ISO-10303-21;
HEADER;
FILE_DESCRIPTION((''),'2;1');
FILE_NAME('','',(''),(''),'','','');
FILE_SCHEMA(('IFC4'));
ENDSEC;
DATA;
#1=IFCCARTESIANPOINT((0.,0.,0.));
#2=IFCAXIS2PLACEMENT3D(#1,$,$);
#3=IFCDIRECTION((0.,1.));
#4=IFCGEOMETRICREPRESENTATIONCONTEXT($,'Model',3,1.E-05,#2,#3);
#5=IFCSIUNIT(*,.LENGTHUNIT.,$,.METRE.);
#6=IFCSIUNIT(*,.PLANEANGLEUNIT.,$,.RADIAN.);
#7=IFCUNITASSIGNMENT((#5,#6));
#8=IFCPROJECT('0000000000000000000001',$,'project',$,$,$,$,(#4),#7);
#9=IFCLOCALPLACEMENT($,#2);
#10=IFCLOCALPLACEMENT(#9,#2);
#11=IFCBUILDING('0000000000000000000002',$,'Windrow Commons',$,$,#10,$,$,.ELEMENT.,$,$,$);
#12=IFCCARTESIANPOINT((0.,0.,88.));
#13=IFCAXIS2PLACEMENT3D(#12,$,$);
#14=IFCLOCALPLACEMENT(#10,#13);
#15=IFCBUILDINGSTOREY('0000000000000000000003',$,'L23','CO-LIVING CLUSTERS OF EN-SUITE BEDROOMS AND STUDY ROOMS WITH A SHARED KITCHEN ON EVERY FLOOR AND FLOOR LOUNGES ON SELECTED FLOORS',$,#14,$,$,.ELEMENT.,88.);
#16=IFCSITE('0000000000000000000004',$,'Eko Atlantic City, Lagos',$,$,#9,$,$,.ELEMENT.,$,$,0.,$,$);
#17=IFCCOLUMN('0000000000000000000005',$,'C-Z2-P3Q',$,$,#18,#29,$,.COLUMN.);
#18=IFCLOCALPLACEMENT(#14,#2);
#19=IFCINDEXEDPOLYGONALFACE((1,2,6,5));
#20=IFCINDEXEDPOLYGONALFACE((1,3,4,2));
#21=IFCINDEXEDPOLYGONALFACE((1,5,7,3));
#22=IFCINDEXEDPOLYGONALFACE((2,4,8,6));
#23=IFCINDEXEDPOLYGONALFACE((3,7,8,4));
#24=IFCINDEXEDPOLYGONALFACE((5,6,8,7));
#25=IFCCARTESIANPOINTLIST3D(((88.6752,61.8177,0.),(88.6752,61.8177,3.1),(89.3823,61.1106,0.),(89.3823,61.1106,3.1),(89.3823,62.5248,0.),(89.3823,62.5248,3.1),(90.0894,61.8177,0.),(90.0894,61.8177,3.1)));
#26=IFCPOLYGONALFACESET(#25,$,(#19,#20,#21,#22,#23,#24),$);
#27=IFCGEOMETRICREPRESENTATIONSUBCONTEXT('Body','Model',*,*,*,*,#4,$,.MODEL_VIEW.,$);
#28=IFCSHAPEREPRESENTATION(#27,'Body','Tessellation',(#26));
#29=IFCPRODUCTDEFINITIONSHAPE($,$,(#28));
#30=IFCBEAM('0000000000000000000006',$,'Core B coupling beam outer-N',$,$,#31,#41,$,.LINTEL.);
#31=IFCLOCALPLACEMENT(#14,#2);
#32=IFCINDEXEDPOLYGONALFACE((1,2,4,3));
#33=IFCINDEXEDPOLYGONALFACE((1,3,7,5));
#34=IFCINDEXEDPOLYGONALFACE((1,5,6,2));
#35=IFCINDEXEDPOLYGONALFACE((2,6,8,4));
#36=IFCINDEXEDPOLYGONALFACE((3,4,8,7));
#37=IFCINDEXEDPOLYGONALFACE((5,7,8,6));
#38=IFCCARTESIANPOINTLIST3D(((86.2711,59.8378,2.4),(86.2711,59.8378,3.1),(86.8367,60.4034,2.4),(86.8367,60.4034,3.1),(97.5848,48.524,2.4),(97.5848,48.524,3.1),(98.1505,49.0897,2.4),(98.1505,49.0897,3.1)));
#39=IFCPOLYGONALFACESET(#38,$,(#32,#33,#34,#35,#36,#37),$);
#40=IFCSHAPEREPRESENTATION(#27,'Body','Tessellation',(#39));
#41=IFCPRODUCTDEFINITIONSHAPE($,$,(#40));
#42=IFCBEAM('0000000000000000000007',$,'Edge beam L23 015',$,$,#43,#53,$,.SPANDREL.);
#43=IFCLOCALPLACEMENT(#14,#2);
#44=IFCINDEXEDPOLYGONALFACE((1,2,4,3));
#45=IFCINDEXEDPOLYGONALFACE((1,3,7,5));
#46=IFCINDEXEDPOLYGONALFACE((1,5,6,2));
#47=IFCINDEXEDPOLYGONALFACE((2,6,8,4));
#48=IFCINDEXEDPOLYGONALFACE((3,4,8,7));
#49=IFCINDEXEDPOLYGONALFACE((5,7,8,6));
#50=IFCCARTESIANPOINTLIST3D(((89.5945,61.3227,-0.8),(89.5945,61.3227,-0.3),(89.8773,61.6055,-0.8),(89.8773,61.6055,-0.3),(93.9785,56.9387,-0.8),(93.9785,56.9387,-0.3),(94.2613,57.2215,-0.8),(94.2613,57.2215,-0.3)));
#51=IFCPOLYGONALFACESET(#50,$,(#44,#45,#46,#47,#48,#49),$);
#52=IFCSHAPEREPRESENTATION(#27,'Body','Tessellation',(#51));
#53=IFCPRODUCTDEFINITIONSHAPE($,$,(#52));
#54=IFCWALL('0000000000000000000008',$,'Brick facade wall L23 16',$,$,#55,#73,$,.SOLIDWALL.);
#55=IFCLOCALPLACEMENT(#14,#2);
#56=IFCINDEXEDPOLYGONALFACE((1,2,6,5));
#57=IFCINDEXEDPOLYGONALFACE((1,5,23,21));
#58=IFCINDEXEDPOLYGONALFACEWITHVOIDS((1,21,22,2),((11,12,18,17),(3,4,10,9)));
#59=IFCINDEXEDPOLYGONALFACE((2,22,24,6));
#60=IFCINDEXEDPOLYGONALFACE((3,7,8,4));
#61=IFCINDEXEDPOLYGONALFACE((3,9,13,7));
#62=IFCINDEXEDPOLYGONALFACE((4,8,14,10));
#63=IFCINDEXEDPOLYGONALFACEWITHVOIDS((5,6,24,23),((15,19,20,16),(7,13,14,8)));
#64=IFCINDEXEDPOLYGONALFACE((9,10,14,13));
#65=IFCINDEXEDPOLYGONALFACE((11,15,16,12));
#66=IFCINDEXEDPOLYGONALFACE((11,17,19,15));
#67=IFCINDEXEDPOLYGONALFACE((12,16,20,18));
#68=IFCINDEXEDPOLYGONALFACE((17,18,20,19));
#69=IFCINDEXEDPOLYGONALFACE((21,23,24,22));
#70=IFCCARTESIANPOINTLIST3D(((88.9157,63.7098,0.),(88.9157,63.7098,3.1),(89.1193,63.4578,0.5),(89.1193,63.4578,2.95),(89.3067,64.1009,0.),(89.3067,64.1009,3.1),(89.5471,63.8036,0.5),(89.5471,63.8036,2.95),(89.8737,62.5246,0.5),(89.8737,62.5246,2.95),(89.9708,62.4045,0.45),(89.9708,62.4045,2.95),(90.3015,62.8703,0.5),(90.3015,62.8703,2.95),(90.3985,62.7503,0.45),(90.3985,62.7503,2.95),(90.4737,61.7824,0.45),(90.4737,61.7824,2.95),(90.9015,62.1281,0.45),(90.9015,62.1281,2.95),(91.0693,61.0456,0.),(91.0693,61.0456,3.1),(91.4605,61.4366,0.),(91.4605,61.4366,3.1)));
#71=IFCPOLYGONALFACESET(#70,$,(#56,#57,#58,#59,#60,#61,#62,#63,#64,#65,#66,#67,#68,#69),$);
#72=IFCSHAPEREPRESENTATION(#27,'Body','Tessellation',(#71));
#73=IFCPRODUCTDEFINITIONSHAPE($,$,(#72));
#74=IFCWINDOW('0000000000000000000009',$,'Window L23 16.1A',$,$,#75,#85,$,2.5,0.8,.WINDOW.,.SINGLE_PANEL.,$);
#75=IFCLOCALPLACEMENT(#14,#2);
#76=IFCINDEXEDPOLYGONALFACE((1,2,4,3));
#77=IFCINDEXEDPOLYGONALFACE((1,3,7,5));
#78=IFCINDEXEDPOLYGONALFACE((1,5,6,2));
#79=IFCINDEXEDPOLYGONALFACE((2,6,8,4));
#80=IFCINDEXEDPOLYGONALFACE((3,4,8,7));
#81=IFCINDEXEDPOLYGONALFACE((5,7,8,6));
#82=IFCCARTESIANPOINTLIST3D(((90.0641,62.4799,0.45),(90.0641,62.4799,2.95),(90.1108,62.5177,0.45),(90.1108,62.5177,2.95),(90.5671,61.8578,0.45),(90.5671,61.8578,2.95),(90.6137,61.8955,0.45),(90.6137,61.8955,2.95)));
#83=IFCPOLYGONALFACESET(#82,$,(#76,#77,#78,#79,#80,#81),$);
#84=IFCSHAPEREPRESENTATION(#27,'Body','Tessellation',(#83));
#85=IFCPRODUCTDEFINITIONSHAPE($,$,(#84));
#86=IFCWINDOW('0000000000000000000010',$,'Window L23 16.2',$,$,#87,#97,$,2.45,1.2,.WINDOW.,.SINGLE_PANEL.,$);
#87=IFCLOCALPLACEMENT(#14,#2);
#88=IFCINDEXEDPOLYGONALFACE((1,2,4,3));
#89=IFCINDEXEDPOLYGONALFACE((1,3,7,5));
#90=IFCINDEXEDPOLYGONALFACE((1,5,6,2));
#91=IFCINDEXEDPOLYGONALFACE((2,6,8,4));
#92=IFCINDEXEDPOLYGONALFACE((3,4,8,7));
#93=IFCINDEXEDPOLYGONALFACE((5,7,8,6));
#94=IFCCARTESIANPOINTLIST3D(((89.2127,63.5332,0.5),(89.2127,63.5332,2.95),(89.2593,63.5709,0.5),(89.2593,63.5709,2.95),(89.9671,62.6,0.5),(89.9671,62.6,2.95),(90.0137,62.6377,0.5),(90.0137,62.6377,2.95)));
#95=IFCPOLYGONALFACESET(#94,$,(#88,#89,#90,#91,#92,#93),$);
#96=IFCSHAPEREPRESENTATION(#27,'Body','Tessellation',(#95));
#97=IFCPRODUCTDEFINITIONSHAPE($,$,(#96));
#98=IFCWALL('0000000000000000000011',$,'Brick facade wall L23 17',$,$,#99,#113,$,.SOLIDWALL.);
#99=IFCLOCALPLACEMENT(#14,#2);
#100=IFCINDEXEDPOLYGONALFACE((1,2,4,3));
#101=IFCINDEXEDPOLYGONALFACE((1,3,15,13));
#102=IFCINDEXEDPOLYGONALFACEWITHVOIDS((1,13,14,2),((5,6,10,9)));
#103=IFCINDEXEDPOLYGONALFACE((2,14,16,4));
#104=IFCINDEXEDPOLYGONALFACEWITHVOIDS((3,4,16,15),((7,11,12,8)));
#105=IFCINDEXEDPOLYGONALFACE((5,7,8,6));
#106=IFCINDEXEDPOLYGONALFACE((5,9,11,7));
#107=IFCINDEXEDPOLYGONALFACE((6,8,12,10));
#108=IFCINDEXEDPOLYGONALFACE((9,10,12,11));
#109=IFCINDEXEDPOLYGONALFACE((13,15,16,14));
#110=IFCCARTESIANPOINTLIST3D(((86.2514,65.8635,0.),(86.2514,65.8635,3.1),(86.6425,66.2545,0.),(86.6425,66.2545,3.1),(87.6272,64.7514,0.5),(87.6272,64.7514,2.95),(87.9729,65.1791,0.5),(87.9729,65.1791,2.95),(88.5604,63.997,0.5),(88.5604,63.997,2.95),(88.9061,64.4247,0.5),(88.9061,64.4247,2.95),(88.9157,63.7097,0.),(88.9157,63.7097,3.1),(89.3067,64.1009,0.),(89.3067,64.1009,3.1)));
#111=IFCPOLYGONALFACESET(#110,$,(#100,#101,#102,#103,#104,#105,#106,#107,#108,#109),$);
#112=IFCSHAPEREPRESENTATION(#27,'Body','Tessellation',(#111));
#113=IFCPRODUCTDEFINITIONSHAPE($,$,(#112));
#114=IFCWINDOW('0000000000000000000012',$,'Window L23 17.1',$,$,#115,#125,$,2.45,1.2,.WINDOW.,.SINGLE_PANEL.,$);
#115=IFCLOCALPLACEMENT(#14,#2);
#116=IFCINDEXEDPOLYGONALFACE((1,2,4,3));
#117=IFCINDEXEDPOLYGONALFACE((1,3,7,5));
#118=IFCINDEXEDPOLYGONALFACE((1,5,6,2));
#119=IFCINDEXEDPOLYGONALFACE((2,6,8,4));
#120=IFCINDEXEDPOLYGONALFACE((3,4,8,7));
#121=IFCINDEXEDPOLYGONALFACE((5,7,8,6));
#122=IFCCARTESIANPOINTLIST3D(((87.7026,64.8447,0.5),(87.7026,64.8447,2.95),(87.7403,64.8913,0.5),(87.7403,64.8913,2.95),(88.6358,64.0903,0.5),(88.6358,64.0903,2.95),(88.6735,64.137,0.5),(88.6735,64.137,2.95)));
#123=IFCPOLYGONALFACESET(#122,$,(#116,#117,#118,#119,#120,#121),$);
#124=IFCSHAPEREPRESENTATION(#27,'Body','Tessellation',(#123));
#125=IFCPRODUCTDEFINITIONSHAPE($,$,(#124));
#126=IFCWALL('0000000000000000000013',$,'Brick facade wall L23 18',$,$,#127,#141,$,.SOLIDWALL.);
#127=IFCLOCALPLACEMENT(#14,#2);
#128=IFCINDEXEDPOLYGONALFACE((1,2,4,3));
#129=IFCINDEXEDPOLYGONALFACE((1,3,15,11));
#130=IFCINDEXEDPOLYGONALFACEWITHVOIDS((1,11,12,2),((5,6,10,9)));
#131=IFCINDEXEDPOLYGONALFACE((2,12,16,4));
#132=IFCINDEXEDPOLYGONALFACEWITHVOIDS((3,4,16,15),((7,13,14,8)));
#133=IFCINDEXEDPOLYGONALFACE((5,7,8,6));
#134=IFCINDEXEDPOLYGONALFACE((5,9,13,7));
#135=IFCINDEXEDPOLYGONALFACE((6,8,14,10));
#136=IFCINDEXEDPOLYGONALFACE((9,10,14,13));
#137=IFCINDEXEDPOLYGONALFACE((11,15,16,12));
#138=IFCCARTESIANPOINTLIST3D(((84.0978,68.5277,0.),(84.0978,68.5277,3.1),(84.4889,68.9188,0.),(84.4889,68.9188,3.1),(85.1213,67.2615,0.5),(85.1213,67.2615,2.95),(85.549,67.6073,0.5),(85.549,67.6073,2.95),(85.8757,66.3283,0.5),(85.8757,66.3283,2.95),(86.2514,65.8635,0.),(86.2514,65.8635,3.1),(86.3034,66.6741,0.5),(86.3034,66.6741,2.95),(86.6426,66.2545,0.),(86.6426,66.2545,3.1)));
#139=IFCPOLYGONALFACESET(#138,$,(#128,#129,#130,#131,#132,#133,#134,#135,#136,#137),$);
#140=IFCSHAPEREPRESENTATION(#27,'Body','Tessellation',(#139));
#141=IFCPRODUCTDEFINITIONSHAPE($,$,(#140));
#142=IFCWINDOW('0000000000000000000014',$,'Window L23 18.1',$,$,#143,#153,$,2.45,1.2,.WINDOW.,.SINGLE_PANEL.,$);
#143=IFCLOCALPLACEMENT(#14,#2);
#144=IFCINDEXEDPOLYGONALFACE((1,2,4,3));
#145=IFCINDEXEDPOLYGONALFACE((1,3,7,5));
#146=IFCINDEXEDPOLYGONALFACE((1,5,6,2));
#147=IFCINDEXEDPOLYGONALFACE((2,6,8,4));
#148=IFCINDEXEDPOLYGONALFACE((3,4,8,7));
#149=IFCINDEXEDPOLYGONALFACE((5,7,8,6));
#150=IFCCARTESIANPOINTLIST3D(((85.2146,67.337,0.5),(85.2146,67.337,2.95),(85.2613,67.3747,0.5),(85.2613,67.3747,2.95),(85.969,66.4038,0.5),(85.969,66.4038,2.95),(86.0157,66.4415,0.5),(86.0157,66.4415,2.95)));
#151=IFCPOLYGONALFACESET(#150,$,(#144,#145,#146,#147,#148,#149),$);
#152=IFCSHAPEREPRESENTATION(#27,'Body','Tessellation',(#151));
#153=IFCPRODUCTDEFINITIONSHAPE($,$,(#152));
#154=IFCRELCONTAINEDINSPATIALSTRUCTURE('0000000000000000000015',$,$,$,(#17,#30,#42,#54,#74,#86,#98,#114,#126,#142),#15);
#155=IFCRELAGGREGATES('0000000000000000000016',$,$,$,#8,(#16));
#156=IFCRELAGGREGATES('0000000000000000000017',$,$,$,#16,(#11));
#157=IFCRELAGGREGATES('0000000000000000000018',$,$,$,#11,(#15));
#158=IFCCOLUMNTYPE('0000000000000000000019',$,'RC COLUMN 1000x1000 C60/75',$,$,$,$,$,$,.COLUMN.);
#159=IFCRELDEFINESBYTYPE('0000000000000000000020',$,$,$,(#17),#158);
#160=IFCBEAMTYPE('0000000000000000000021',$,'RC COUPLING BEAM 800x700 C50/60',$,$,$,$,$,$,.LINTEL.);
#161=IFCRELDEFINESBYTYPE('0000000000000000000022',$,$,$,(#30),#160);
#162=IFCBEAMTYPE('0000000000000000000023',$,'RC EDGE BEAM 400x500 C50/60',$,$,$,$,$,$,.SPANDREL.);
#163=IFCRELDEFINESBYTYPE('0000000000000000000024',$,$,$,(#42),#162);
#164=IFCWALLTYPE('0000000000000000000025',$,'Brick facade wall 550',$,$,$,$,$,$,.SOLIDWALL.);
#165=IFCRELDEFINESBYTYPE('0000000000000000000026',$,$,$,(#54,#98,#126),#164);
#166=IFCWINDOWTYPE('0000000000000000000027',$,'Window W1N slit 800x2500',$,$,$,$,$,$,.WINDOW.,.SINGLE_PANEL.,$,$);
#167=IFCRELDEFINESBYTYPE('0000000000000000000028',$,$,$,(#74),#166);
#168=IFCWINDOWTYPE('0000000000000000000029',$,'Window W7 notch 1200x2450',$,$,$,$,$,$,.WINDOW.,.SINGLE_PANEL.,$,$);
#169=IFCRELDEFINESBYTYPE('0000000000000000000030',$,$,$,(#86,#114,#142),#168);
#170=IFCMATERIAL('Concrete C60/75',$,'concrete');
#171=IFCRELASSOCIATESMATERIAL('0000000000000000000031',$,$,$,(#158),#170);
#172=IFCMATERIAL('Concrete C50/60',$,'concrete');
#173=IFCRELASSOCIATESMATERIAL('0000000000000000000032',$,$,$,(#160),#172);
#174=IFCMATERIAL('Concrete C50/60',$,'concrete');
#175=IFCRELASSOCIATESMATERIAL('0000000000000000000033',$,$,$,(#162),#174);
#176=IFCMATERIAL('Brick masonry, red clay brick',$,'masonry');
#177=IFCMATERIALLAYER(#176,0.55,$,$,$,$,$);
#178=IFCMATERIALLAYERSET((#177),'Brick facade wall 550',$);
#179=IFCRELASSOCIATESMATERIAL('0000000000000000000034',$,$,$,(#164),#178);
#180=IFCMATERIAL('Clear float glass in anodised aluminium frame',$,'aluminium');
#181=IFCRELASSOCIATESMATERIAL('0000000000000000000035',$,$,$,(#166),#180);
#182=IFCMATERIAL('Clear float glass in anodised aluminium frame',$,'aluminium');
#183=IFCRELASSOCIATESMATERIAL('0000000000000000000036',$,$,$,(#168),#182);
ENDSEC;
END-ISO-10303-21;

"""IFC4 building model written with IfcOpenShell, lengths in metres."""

from ifc_helpers import new_model, si_unit, direction, frame, frame_2d, origin, origin_2d, place, context, subcontext, project, spatial, polyline, rectangle, outline, extrude, material, layer, layer_set, material_profile, profile_set, type_object, element, fill, save


model = new_model("IFC4")

# Units and contexts
model_context = context("Model", 3, precision=1e-05, world=origin(), true_north=direction((0.0, 1.0)))
body_context = subcontext(model_context, "Body", "Model", "MODEL_VIEW")
ifc_project = project(units=[si_unit("LENGTHUNIT", "METRE"), si_unit("PLANEANGLEUNIT", "RADIAN")], contexts=[model_context])

# Site, building, storey
site_placement = place(None, origin())
site = spatial("IfcSite", under=ifc_project, at=site_placement, Name="Eko Atlantic City, Lagos", CompositionType="ELEMENT", RefElevation=0.0)
building_placement = place(site_placement, origin())
building = spatial("IfcBuilding", under=site, at=building_placement, Name="Windrow Commons", CompositionType="ELEMENT")
storey_placement = place(building_placement, frame((0.0, 0.0, 88.0)))
storey = spatial("IfcBuildingStorey", under=building, at=storey_placement, Name="L23", Description="CO-LIVING CLUSTERS OF EN-SUITE BEDROOMS AND STUDY ROOMS WITH A SHARED KITCHEN ON EVERY FLOOR AND FLOOR LOUNGES ON SELECTED FLOORS", CompositionType="ELEMENT", Elevation=88.0)

# Column
ifc_material_1 = material(Name="Concrete C60/75", Category="concrete")
ifc_material_profile_1 = material_profile(ifc_material_1, rectangle(XDim=1.0, YDim=1.0, at=origin_2d()))
ifc_profile_set_1 = profile_set([ifc_material_profile_1], Name="Concrete C60/75")
column_type = type_object("IfcColumnType", Name="RC COLUMN 1000x1000 C60/75", PredefinedType="COLUMN", material=ifc_profile_set_1)
column_placement = place(storey_placement, frame((89.3823, 61.8177, 0.0), z_axis=(0.0, 0.0, 1.0), x_axis=(0.707107, -0.707107, 0.0)))
element("IfcColumn", 1, at=column_placement, inside=storey, type_object=column_type, Name="C-Z2-P3Q", PredefinedType="COLUMN", context=body_context, shape_type="SweptSolid", body=[
    extrude(rectangle(XDim=1.0, YDim=1.0, at=origin_2d()), origin(), (0.0, 0.0, 1.0), 3.1),
])

# Beams
ifc_material_2 = material(Name="Concrete C50/60", Category="concrete")
ifc_material_profile_2 = material_profile(ifc_material_2, rectangle(XDim=0.8, YDim=0.7, at=origin_2d()))
ifc_profile_set_2 = profile_set([ifc_material_profile_2], Name="Concrete C50/60")
beam_type_1 = type_object("IfcBeamType", Name="RC COUPLING BEAM 800x700 C50/60", PredefinedType="LINTEL", material=ifc_profile_set_2)
beam_1_placement = place(storey_placement, frame((86.5539, 60.1206, 2.75), z_axis=(0.707107, -0.707107, 0.0), x_axis=(0.707107, 0.707107, 0.0)))
element("IfcBeam", 2, at=beam_1_placement, inside=storey, type_object=beam_type_1, Name="Core B coupling beam outer-N", PredefinedType="LINTEL", context=body_context, shape_type="SweptSolid", body=[
    extrude(rectangle(XDim=0.8, YDim=0.7, at=origin_2d()), origin(), (0.0, 0.0, 1.0), 16.0),
])
ifc_material_3 = material(Name="Concrete C50/60", Category="concrete")
ifc_material_profile_3 = material_profile(ifc_material_3, rectangle(XDim=0.4, YDim=0.5, at=origin_2d()))
ifc_profile_set_3 = profile_set([ifc_material_profile_3], Name="Concrete C50/60")
beam_type_2 = type_object("IfcBeamType", Name="RC EDGE BEAM 400x500 C50/60", PredefinedType="SPANDREL", material=ifc_profile_set_3)
beam_2_placement = place(storey_placement, frame((89.7359, 61.4641, -0.55), z_axis=(0.707107, -0.707107, 0.0), x_axis=(0.707107, 0.707107, 0.0)))
element("IfcBeam", 3, at=beam_2_placement, inside=storey, type_object=beam_type_2, Name="Edge beam L23 015", PredefinedType="SPANDREL", context=body_context, shape_type="SweptSolid", body=[
    extrude(rectangle(XDim=0.4, YDim=0.5, at=origin_2d()), origin(), (0.0, 0.0, 1.0), 6.1999),
])

# Wall, openings, windows
ifc_material_4 = material(Name="Brick masonry, red clay brick", Category="masonry")
ifc_layer_1 = layer(ifc_material_4, 0.55)
ifc_layer_set_1 = layer_set([ifc_layer_1], Name="Brick facade wall 550")
wall_type_1 = type_object("IfcWallType", Name="Brick facade wall 550", PredefinedType="SOLIDWALL", material=ifc_layer_set_1)
wall_1_placement = place(storey_placement, frame((91.2649, 61.2411, 0.0), z_axis=(0.0, 0.0, 1.0), x_axis=(-0.628663, 0.777678, 0.0)))
wall_1 = element("IfcWall", 4, at=wall_1_placement, inside=storey, type_object=wall_type_1, Name="Brick facade wall L23 16", PredefinedType="SOLIDWALL", context=body_context, shape_type="SweptSolid", body=[
    extrude(outline(polyline([(0.0291, -0.275), (3.455, -0.275), (3.3967, 0.275), (-0.0291, 0.275), (0.0291, -0.275)])), origin(), (0.0, 0.0, 1.0), 3.1),
])
opening_1_placement = place(wall_1_placement, frame((1.8727, 0.0, 0.5)))
opening_1 = element("IfcOpeningElement", 5, at=opening_1_placement, cuts=wall_1, PredefinedType="OPENING", context=body_context, shape_type="SweptSolid", body=[
    extrude(rectangle(XDim=1.2, YDim=2.45, at=frame_2d((0.6, 1.225))), frame((0.0, 0.285, 0.0), z_axis=(0.0, -1.0, 0.0), x_axis=(1.0, 0.0, 0.0)), (0.0, 0.0, 1.0), 0.57),
])
opening_2_placement = place(wall_1_placement, frame((0.9183, 0.0, 0.45)))
opening_2 = element("IfcOpeningElement", 6, at=opening_2_placement, cuts=wall_1, PredefinedType="OPENING", context=body_context, shape_type="SweptSolid", body=[
    extrude(rectangle(XDim=0.8, YDim=2.5, at=frame_2d((0.4, 1.25))), frame((0.0, 0.285, 0.0), z_axis=(0.0, -1.0, 0.0), x_axis=(1.0, 0.0, 0.0)), (0.0, 0.0, 1.0), 0.57),
])
ifc_material_5 = material(Name="Clear float glass in anodised aluminium frame", Category="aluminium")
window_type_1 = type_object("IfcWindowType", Name="Window W1N slit 800x2500", PartitioningType="SINGLE_PANEL", PredefinedType="WINDOW", material=ifc_material_5)
window_1_placement = place(opening_2_placement, origin())
window_1 = element("IfcWindow", 7, at=window_1_placement, inside=storey, type_object=window_type_1, Name="Window L23 16.1A", OverallHeight=2.5, OverallWidth=0.8, PartitioningType="SINGLE_PANEL", PredefinedType="WINDOW", context=body_context, shape_type="SweptSolid", body=[
    extrude(rectangle(XDim=0.8, YDim=2.5, at=frame_2d((0.4, 1.25))), frame((0.0, 0.155, 0.0), z_axis=(0.0, -1.0, 0.0), x_axis=(1.0, 0.0, 0.0)), (0.0, 0.0, 1.0), 0.06),
])
fill(opening_2, window_1)
ifc_material_6 = material(Name="Clear float glass in anodised aluminium frame", Category="aluminium")
window_type_2 = type_object("IfcWindowType", Name="Window W7 notch 1200x2450", PartitioningType="SINGLE_PANEL", PredefinedType="WINDOW", material=ifc_material_6)
window_2_placement = place(opening_1_placement, origin())
window_2 = element("IfcWindow", 8, at=window_2_placement, inside=storey, type_object=window_type_2, Name="Window L23 16.2", OverallHeight=2.45, OverallWidth=1.2, PartitioningType="SINGLE_PANEL", PredefinedType="WINDOW", context=body_context, shape_type="SweptSolid", body=[
    extrude(rectangle(XDim=1.2, YDim=2.45, at=frame_2d((0.6, 1.225))), frame((0.0, 0.155, 0.0), z_axis=(0.0, -1.0, 0.0), x_axis=(1.0, 0.0, 0.0)), (0.0, 0.0, 1.0), 0.06),
])
fill(opening_1, window_2)

# Walls, openings, windows
wall_2_placement = place(storey_placement, frame((89.1112, 63.9053, 0.0), z_axis=(0.0, 0.0, 1.0), x_axis=(-0.777678, 0.628663, 0.0)))
wall_2 = element("IfcWall", 9, at=wall_2_placement, inside=storey, type_object=wall_type_1, Name="Brick facade wall L23 17", PredefinedType="SOLIDWALL", context=body_context, shape_type="SweptSolid", body=[
    extrude(outline(polyline([(-0.0291, -0.275), (3.3967, -0.275), (3.455, 0.275), (0.0291, 0.275), (-0.0291, -0.275)])), origin(), (0.0, 0.0, 1.0), 3.1),
])
opening_3_placement = place(wall_2_placement, frame((0.486, 0.0, 0.5)))
opening_3 = element("IfcOpeningElement", 10, at=opening_3_placement, cuts=wall_2, PredefinedType="OPENING", context=body_context, shape_type="SweptSolid", body=[
    extrude(rectangle(XDim=1.2, YDim=2.45, at=frame_2d((0.6, 1.225))), frame((0.0, 0.285, 0.0), z_axis=(0.0, -1.0, 0.0), x_axis=(1.0, 0.0, 0.0)), (0.0, 0.0, 1.0), 0.57),
])
window_3_placement = place(opening_3_placement, origin())
window_3 = element("IfcWindow", 11, at=window_3_placement, inside=storey, type_object=window_type_2, Name="Window L23 17.1", OverallHeight=2.45, OverallWidth=1.2, PartitioningType="SINGLE_PANEL", PredefinedType="WINDOW", context=body_context, shape_type="SweptSolid", body=[
    extrude(rectangle(XDim=1.2, YDim=2.45, at=frame_2d((0.6, 1.225))), frame((0.0, 0.155, 0.0), z_axis=(0.0, -1.0, 0.0), x_axis=(1.0, 0.0, 0.0)), (0.0, 0.0, 1.0), 0.06),
])
fill(opening_3, window_3)
wall_3_placement = place(storey_placement, frame((86.447, 66.059, 0.0), z_axis=(0.0, 0.0, 1.0), x_axis=(-0.628649, 0.777689, 0.0)))
wall_3 = element("IfcWall", 12, at=wall_3_placement, inside=storey, type_object=wall_type_1, Name="Brick facade wall L23 18", PredefinedType="SOLIDWALL", context=body_context, shape_type="SweptSolid", body=[
    extrude(outline(polyline([(0.0291, -0.275), (3.455, -0.275), (3.3967, 0.275), (-0.0291, 0.275), (0.0291, -0.275)])), origin(), (0.0, 0.0, 1.0), 3.1),
])
opening_4_placement = place(wall_3_placement, frame((0.5686, 0.0, 0.5)))
opening_4 = element("IfcOpeningElement", 13, at=opening_4_placement, cuts=wall_3, PredefinedType="OPENING", context=body_context, shape_type="SweptSolid", body=[
    extrude(rectangle(XDim=1.2, YDim=2.45, at=frame_2d((0.6, 1.225))), frame((0.0, 0.285, 0.0), z_axis=(0.0, -1.0, 0.0), x_axis=(1.0, 0.0, 0.0)), (0.0, 0.0, 1.0), 0.57),
])
window_4_placement = place(opening_4_placement, origin())
window_4 = element("IfcWindow", 14, at=window_4_placement, inside=storey, type_object=window_type_2, Name="Window L23 18.1", OverallHeight=2.45, OverallWidth=1.2, PartitioningType="SINGLE_PANEL", PredefinedType="WINDOW", context=body_context, shape_type="SweptSolid", body=[
    extrude(rectangle(XDim=1.2, YDim=2.45, at=frame_2d((0.6, 1.225))), frame((0.0, 0.155, 0.0), z_axis=(0.0, -1.0, 0.0), x_axis=(1.0, 0.0, 0.0)), (0.0, 0.0, 1.0), 0.06),
])
fill(opening_4, window_4)

save(model, "model.ifc")
